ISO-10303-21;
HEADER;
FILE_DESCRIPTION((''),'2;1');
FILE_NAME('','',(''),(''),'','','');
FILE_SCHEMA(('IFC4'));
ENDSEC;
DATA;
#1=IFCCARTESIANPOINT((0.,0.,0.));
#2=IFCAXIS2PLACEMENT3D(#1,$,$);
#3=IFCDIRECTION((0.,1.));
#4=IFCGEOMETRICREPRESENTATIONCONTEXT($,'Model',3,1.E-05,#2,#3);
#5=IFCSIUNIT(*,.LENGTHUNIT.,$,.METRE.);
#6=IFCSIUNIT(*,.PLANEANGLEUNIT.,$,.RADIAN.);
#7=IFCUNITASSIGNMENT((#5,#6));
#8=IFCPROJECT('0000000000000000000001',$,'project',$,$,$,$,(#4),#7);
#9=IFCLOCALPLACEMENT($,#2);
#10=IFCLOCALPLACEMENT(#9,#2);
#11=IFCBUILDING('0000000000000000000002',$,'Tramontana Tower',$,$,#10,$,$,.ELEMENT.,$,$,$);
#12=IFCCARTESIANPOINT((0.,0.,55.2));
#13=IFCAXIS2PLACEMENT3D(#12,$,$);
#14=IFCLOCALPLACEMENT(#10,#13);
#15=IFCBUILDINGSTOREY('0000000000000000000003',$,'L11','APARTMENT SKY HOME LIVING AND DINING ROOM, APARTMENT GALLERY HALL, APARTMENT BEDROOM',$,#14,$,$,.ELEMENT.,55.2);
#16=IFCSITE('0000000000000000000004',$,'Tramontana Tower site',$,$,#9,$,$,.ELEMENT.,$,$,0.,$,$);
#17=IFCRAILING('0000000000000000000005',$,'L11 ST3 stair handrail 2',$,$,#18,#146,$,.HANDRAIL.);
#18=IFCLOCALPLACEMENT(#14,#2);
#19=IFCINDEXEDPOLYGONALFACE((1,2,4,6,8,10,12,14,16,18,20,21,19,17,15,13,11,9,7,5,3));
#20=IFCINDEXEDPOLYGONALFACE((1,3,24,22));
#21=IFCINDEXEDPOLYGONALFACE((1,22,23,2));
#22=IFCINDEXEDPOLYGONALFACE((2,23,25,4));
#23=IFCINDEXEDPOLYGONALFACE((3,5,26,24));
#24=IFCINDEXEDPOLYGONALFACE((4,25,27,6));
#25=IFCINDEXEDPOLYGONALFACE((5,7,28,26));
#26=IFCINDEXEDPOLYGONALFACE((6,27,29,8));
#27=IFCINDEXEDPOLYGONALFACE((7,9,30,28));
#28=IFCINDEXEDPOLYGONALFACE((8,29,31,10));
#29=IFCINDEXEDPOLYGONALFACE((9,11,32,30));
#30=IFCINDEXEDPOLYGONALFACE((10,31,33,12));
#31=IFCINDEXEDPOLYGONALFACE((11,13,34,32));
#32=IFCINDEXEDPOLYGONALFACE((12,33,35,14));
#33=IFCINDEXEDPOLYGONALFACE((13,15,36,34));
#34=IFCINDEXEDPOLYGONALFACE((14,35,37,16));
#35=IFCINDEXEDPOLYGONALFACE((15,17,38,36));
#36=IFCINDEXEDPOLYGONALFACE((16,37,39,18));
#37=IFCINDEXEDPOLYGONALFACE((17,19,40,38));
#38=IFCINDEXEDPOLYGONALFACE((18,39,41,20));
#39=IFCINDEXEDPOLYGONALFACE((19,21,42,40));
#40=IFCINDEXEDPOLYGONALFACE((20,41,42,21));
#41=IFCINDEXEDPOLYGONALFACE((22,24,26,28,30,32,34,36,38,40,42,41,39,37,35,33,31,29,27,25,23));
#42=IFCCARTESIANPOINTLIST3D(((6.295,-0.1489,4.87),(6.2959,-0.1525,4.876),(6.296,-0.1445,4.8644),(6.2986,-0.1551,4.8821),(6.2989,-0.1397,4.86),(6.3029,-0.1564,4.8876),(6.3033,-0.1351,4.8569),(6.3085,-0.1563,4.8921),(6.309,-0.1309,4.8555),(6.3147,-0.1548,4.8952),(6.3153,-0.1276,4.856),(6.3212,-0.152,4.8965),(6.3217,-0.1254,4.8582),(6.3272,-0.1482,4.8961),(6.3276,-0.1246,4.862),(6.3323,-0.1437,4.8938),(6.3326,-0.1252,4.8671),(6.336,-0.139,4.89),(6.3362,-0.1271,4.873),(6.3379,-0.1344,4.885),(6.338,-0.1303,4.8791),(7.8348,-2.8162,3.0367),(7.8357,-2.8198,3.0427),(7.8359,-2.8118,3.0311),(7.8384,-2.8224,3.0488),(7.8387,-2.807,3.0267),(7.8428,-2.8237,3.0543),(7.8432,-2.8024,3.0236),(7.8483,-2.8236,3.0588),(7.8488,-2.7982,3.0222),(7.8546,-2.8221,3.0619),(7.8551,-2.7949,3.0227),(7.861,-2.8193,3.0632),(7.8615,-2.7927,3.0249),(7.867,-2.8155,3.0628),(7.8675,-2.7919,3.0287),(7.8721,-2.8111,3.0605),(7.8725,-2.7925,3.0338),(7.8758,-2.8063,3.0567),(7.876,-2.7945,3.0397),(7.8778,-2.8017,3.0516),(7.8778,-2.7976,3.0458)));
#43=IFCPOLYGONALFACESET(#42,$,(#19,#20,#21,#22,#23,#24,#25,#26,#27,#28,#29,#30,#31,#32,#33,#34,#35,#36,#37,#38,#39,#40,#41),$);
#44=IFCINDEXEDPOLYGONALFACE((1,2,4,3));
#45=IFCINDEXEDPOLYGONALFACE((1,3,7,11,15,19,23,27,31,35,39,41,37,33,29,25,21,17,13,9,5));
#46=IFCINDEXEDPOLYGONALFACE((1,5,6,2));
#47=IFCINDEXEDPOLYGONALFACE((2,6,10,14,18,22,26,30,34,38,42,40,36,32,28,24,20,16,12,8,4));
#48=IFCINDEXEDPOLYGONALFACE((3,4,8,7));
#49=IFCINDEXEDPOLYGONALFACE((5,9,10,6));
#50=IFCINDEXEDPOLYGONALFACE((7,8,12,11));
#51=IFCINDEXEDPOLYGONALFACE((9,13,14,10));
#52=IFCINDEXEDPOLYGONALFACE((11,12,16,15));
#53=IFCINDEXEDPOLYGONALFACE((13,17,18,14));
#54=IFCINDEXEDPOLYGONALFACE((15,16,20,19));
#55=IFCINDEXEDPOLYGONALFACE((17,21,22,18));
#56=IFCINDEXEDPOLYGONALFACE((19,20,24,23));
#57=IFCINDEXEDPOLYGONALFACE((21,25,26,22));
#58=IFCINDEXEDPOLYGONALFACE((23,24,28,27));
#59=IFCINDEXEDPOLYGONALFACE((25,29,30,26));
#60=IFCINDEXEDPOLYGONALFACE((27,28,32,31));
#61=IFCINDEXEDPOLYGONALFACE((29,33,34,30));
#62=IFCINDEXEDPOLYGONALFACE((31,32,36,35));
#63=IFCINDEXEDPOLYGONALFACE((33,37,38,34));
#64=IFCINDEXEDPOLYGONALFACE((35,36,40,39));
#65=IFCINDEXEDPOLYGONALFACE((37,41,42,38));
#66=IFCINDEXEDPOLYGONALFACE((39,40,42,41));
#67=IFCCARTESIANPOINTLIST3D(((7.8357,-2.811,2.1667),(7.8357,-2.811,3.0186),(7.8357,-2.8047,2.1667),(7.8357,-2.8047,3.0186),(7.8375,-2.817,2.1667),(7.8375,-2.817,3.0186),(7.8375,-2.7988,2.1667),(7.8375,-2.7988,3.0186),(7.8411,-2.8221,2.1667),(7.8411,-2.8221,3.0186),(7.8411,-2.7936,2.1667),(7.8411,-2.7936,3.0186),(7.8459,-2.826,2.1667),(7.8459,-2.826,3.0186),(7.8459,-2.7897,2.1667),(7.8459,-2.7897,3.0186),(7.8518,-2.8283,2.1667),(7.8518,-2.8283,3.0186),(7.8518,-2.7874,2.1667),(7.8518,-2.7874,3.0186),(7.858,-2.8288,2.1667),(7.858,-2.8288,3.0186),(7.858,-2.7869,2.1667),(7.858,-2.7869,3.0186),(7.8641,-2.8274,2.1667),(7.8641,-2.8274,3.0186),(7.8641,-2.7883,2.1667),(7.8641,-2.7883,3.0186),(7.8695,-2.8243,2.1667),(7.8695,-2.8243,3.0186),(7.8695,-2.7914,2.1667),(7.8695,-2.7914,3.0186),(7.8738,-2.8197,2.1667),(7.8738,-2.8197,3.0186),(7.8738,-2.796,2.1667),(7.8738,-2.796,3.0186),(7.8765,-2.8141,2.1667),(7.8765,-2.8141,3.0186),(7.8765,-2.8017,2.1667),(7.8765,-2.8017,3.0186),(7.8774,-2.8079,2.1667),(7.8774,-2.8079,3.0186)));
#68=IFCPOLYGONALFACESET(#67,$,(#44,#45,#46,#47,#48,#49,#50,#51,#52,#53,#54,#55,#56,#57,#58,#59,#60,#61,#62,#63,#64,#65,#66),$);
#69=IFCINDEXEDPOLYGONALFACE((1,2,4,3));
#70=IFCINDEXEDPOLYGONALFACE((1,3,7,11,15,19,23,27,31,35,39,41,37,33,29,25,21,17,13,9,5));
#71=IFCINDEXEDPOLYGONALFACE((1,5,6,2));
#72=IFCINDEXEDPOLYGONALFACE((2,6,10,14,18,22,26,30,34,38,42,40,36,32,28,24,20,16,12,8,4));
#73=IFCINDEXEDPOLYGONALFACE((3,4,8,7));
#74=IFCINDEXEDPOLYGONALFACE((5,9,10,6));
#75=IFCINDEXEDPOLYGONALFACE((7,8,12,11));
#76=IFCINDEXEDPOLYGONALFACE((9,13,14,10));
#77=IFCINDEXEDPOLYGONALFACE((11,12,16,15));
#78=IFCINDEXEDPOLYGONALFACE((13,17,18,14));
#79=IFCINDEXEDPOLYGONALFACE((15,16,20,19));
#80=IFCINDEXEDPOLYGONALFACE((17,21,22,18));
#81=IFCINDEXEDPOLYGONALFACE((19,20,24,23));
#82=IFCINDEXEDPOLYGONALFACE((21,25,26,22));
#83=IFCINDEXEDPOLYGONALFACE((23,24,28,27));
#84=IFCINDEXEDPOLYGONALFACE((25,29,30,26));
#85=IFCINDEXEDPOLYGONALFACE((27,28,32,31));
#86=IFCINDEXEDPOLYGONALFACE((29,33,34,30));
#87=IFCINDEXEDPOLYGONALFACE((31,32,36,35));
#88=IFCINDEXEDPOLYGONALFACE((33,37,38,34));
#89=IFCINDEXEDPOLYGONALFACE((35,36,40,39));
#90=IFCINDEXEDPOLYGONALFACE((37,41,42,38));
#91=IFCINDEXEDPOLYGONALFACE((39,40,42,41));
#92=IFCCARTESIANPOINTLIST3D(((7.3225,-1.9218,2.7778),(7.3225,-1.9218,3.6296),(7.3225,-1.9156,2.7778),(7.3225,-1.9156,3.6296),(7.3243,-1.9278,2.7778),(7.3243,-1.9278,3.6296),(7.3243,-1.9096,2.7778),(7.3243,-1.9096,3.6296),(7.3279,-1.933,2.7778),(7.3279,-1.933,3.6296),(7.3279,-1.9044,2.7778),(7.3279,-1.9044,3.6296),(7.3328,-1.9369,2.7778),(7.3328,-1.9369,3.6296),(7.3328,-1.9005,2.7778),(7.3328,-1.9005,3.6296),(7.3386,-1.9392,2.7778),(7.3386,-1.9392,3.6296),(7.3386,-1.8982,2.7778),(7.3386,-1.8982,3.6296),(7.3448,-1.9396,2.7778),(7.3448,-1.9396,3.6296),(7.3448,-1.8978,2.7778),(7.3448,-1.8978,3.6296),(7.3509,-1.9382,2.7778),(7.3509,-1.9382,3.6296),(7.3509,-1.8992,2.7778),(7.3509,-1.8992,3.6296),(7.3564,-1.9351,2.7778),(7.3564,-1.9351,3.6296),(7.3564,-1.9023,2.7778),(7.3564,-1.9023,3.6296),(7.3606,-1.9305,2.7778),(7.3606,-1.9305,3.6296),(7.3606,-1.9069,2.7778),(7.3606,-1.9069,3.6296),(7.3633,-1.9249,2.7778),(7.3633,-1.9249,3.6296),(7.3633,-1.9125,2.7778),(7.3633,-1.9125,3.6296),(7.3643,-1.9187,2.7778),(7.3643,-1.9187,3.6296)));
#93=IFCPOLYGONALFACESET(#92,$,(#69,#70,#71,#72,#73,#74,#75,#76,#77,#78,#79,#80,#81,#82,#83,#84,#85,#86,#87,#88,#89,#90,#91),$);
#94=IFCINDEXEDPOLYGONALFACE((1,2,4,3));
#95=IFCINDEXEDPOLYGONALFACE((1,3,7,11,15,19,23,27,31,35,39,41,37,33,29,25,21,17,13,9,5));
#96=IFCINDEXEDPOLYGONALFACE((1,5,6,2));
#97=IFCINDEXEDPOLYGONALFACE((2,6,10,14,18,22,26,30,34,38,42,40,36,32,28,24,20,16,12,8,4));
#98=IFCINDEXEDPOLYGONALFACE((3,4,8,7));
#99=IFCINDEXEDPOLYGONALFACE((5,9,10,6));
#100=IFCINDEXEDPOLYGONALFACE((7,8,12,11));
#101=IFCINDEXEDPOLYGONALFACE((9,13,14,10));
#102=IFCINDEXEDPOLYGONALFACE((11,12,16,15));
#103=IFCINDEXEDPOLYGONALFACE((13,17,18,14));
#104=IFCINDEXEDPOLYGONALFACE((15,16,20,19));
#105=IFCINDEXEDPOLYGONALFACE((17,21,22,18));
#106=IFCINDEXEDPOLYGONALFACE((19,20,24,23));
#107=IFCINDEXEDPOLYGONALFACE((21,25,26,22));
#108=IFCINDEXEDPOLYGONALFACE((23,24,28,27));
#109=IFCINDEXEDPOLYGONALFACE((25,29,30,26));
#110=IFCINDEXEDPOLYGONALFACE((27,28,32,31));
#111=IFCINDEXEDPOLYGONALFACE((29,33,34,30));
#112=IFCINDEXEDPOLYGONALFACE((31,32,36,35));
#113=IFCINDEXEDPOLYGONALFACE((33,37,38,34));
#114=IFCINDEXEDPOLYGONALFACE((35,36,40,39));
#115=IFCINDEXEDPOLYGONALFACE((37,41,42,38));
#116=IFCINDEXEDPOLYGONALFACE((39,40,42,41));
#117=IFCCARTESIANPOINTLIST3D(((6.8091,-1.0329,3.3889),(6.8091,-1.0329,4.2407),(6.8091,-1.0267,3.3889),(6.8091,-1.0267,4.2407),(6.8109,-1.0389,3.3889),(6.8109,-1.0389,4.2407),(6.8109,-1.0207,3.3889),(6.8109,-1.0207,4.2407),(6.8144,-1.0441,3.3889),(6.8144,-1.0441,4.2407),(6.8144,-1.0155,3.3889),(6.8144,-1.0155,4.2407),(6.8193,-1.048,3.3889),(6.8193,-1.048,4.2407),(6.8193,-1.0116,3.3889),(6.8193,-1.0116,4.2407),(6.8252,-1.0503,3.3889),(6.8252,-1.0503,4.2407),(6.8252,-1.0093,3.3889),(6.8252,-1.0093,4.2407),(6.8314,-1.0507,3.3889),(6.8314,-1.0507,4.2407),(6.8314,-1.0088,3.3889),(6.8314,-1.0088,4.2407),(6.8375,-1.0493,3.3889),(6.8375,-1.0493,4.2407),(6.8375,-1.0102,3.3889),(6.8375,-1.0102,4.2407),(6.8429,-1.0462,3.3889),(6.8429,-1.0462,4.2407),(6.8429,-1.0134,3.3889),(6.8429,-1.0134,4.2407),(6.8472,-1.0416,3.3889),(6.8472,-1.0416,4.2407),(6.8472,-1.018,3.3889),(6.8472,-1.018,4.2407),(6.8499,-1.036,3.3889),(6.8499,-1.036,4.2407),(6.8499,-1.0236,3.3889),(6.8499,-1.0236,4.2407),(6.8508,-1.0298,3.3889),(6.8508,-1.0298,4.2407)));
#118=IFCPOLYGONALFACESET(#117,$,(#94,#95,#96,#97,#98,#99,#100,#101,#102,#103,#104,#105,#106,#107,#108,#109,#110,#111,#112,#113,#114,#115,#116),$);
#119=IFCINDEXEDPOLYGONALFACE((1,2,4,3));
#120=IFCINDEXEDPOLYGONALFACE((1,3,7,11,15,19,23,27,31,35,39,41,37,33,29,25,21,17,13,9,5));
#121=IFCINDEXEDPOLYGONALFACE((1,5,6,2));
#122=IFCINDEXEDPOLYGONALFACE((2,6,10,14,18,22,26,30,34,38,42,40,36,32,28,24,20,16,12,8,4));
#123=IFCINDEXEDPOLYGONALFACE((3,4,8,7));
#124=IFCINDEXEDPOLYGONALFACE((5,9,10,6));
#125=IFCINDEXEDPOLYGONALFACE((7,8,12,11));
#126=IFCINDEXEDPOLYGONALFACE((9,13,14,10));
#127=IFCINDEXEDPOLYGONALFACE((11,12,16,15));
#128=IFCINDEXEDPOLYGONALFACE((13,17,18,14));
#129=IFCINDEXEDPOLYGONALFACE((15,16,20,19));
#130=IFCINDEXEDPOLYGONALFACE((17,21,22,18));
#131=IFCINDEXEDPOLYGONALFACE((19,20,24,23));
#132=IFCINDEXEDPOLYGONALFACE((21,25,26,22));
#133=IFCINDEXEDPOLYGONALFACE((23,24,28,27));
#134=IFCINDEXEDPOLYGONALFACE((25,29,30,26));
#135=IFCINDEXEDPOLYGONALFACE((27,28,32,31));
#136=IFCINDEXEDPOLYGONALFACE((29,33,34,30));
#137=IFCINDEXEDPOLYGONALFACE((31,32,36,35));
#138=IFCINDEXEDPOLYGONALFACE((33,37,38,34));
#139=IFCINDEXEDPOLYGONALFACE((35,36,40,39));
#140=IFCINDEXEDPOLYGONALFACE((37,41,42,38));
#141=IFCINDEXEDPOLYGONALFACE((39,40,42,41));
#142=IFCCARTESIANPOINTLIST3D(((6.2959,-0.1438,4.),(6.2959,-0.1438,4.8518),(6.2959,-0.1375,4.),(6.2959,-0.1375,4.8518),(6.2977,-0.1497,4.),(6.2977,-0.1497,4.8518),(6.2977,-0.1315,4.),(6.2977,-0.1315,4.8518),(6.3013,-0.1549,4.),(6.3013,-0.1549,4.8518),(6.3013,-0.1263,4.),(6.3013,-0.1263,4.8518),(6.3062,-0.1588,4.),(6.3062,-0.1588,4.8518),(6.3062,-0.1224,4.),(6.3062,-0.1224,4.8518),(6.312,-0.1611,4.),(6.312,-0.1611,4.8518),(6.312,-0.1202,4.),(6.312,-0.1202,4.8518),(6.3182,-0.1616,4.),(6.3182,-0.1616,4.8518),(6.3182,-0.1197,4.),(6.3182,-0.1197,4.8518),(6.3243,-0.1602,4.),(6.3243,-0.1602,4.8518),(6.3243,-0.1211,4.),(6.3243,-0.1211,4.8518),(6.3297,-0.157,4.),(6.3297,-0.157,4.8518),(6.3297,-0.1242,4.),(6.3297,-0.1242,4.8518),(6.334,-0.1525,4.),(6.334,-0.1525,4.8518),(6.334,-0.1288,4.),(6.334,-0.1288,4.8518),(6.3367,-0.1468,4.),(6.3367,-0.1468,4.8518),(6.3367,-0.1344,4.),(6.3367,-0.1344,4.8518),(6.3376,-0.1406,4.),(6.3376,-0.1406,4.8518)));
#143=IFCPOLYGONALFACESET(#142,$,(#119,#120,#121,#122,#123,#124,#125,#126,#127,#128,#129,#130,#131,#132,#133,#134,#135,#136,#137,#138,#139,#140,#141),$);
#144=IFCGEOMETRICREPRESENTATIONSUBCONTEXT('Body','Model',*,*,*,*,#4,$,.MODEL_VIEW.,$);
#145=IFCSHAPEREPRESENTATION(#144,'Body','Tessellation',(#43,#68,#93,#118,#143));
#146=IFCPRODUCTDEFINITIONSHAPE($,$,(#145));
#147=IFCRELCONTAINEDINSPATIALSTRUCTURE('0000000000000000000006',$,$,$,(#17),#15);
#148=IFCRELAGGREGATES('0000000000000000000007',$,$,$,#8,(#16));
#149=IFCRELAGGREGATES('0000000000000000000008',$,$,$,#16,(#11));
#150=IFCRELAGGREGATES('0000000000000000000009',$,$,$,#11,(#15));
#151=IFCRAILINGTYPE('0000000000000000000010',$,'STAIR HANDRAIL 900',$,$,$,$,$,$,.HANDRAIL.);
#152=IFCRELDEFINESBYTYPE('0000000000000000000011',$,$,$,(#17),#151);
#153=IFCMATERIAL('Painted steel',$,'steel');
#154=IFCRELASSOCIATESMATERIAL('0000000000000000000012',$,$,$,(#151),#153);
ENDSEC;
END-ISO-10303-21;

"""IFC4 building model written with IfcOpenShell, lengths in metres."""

from ifc_helpers import new_model, si_unit, direction, frame, origin, origin_2d, place, context, subcontext, project, spatial, circle, extrude, material, type_object, element, save


model = new_model("IFC4")

# Units and contexts
model_context = context("Model", 3, precision=1e-05, world=origin(), true_north=direction((0.0, 1.0)))
body_context = subcontext(model_context, "Body", "Model", "MODEL_VIEW")
ifc_project = project(units=[si_unit("LENGTHUNIT", "METRE"), si_unit("PLANEANGLEUNIT", "RADIAN")], contexts=[model_context])

# Site, building, storey
site_placement = place(None, origin())
site = spatial("IfcSite", under=ifc_project, at=site_placement, Name="Tramontana Tower site", CompositionType="ELEMENT", RefElevation=0.0)
building_placement = place(site_placement, origin())
building = spatial("IfcBuilding", under=site, at=building_placement, Name="Tramontana Tower", CompositionType="ELEMENT")
storey_placement = place(building_placement, frame((0.0, 0.0, 55.2)))
storey = spatial("IfcBuildingStorey", under=building, at=storey_placement, Name="L11", Description="APARTMENT SKY HOME LIVING AND DINING ROOM, APARTMENT GALLERY HALL, APARTMENT BEDROOM", CompositionType="ELEMENT", Elevation=55.2)

# Railing
ifc_material_1 = material(Name="Painted steel", Category="steel")
railing_type_1 = type_object("IfcRailingType", Name="STAIR HANDRAIL 900", PredefinedType="HANDRAIL", material=ifc_material_1)
railing_1_placement = place(storey_placement, frame((7.8564, -2.8079, 2.1667)))
element("IfcRailing", 1, at=railing_1_placement, inside=storey, type_object=railing_type_1, Name="L11 ST3 stair handrail 2", PredefinedType="HANDRAIL", context=body_context, shape_type="SweptSolid", body=[
    extrude(circle(Radius=0.0239, at=origin_2d()), frame((0.0, 0.0, 0.876), z_axis=(-0.429616, 0.744181, 0.511493), x_axis=(-0.866044, -0.499967, 0.0)), (0.0, 0.0, 1.0), 3.5842),
    extrude(circle(Radius=0.021, at=origin_2d()), origin(), (0.0, 0.0, 1.0), 0.8518),
    extrude(circle(Radius=0.021, at=origin_2d()), frame((-0.5132, 0.8892, 0.6111)), (0.0, 0.0, 1.0), 0.8518),
    extrude(circle(Radius=0.021, at=origin_2d()), frame((-1.0266, 1.7781, 1.2222)), (0.0, 0.0, 1.0), 0.8518),
    extrude(circle(Radius=0.021, at=origin_2d()), frame((-1.5398, 2.6672, 1.8333)), (0.0, 0.0, 1.0), 0.8518),
])

save(model, "model.ifc")
